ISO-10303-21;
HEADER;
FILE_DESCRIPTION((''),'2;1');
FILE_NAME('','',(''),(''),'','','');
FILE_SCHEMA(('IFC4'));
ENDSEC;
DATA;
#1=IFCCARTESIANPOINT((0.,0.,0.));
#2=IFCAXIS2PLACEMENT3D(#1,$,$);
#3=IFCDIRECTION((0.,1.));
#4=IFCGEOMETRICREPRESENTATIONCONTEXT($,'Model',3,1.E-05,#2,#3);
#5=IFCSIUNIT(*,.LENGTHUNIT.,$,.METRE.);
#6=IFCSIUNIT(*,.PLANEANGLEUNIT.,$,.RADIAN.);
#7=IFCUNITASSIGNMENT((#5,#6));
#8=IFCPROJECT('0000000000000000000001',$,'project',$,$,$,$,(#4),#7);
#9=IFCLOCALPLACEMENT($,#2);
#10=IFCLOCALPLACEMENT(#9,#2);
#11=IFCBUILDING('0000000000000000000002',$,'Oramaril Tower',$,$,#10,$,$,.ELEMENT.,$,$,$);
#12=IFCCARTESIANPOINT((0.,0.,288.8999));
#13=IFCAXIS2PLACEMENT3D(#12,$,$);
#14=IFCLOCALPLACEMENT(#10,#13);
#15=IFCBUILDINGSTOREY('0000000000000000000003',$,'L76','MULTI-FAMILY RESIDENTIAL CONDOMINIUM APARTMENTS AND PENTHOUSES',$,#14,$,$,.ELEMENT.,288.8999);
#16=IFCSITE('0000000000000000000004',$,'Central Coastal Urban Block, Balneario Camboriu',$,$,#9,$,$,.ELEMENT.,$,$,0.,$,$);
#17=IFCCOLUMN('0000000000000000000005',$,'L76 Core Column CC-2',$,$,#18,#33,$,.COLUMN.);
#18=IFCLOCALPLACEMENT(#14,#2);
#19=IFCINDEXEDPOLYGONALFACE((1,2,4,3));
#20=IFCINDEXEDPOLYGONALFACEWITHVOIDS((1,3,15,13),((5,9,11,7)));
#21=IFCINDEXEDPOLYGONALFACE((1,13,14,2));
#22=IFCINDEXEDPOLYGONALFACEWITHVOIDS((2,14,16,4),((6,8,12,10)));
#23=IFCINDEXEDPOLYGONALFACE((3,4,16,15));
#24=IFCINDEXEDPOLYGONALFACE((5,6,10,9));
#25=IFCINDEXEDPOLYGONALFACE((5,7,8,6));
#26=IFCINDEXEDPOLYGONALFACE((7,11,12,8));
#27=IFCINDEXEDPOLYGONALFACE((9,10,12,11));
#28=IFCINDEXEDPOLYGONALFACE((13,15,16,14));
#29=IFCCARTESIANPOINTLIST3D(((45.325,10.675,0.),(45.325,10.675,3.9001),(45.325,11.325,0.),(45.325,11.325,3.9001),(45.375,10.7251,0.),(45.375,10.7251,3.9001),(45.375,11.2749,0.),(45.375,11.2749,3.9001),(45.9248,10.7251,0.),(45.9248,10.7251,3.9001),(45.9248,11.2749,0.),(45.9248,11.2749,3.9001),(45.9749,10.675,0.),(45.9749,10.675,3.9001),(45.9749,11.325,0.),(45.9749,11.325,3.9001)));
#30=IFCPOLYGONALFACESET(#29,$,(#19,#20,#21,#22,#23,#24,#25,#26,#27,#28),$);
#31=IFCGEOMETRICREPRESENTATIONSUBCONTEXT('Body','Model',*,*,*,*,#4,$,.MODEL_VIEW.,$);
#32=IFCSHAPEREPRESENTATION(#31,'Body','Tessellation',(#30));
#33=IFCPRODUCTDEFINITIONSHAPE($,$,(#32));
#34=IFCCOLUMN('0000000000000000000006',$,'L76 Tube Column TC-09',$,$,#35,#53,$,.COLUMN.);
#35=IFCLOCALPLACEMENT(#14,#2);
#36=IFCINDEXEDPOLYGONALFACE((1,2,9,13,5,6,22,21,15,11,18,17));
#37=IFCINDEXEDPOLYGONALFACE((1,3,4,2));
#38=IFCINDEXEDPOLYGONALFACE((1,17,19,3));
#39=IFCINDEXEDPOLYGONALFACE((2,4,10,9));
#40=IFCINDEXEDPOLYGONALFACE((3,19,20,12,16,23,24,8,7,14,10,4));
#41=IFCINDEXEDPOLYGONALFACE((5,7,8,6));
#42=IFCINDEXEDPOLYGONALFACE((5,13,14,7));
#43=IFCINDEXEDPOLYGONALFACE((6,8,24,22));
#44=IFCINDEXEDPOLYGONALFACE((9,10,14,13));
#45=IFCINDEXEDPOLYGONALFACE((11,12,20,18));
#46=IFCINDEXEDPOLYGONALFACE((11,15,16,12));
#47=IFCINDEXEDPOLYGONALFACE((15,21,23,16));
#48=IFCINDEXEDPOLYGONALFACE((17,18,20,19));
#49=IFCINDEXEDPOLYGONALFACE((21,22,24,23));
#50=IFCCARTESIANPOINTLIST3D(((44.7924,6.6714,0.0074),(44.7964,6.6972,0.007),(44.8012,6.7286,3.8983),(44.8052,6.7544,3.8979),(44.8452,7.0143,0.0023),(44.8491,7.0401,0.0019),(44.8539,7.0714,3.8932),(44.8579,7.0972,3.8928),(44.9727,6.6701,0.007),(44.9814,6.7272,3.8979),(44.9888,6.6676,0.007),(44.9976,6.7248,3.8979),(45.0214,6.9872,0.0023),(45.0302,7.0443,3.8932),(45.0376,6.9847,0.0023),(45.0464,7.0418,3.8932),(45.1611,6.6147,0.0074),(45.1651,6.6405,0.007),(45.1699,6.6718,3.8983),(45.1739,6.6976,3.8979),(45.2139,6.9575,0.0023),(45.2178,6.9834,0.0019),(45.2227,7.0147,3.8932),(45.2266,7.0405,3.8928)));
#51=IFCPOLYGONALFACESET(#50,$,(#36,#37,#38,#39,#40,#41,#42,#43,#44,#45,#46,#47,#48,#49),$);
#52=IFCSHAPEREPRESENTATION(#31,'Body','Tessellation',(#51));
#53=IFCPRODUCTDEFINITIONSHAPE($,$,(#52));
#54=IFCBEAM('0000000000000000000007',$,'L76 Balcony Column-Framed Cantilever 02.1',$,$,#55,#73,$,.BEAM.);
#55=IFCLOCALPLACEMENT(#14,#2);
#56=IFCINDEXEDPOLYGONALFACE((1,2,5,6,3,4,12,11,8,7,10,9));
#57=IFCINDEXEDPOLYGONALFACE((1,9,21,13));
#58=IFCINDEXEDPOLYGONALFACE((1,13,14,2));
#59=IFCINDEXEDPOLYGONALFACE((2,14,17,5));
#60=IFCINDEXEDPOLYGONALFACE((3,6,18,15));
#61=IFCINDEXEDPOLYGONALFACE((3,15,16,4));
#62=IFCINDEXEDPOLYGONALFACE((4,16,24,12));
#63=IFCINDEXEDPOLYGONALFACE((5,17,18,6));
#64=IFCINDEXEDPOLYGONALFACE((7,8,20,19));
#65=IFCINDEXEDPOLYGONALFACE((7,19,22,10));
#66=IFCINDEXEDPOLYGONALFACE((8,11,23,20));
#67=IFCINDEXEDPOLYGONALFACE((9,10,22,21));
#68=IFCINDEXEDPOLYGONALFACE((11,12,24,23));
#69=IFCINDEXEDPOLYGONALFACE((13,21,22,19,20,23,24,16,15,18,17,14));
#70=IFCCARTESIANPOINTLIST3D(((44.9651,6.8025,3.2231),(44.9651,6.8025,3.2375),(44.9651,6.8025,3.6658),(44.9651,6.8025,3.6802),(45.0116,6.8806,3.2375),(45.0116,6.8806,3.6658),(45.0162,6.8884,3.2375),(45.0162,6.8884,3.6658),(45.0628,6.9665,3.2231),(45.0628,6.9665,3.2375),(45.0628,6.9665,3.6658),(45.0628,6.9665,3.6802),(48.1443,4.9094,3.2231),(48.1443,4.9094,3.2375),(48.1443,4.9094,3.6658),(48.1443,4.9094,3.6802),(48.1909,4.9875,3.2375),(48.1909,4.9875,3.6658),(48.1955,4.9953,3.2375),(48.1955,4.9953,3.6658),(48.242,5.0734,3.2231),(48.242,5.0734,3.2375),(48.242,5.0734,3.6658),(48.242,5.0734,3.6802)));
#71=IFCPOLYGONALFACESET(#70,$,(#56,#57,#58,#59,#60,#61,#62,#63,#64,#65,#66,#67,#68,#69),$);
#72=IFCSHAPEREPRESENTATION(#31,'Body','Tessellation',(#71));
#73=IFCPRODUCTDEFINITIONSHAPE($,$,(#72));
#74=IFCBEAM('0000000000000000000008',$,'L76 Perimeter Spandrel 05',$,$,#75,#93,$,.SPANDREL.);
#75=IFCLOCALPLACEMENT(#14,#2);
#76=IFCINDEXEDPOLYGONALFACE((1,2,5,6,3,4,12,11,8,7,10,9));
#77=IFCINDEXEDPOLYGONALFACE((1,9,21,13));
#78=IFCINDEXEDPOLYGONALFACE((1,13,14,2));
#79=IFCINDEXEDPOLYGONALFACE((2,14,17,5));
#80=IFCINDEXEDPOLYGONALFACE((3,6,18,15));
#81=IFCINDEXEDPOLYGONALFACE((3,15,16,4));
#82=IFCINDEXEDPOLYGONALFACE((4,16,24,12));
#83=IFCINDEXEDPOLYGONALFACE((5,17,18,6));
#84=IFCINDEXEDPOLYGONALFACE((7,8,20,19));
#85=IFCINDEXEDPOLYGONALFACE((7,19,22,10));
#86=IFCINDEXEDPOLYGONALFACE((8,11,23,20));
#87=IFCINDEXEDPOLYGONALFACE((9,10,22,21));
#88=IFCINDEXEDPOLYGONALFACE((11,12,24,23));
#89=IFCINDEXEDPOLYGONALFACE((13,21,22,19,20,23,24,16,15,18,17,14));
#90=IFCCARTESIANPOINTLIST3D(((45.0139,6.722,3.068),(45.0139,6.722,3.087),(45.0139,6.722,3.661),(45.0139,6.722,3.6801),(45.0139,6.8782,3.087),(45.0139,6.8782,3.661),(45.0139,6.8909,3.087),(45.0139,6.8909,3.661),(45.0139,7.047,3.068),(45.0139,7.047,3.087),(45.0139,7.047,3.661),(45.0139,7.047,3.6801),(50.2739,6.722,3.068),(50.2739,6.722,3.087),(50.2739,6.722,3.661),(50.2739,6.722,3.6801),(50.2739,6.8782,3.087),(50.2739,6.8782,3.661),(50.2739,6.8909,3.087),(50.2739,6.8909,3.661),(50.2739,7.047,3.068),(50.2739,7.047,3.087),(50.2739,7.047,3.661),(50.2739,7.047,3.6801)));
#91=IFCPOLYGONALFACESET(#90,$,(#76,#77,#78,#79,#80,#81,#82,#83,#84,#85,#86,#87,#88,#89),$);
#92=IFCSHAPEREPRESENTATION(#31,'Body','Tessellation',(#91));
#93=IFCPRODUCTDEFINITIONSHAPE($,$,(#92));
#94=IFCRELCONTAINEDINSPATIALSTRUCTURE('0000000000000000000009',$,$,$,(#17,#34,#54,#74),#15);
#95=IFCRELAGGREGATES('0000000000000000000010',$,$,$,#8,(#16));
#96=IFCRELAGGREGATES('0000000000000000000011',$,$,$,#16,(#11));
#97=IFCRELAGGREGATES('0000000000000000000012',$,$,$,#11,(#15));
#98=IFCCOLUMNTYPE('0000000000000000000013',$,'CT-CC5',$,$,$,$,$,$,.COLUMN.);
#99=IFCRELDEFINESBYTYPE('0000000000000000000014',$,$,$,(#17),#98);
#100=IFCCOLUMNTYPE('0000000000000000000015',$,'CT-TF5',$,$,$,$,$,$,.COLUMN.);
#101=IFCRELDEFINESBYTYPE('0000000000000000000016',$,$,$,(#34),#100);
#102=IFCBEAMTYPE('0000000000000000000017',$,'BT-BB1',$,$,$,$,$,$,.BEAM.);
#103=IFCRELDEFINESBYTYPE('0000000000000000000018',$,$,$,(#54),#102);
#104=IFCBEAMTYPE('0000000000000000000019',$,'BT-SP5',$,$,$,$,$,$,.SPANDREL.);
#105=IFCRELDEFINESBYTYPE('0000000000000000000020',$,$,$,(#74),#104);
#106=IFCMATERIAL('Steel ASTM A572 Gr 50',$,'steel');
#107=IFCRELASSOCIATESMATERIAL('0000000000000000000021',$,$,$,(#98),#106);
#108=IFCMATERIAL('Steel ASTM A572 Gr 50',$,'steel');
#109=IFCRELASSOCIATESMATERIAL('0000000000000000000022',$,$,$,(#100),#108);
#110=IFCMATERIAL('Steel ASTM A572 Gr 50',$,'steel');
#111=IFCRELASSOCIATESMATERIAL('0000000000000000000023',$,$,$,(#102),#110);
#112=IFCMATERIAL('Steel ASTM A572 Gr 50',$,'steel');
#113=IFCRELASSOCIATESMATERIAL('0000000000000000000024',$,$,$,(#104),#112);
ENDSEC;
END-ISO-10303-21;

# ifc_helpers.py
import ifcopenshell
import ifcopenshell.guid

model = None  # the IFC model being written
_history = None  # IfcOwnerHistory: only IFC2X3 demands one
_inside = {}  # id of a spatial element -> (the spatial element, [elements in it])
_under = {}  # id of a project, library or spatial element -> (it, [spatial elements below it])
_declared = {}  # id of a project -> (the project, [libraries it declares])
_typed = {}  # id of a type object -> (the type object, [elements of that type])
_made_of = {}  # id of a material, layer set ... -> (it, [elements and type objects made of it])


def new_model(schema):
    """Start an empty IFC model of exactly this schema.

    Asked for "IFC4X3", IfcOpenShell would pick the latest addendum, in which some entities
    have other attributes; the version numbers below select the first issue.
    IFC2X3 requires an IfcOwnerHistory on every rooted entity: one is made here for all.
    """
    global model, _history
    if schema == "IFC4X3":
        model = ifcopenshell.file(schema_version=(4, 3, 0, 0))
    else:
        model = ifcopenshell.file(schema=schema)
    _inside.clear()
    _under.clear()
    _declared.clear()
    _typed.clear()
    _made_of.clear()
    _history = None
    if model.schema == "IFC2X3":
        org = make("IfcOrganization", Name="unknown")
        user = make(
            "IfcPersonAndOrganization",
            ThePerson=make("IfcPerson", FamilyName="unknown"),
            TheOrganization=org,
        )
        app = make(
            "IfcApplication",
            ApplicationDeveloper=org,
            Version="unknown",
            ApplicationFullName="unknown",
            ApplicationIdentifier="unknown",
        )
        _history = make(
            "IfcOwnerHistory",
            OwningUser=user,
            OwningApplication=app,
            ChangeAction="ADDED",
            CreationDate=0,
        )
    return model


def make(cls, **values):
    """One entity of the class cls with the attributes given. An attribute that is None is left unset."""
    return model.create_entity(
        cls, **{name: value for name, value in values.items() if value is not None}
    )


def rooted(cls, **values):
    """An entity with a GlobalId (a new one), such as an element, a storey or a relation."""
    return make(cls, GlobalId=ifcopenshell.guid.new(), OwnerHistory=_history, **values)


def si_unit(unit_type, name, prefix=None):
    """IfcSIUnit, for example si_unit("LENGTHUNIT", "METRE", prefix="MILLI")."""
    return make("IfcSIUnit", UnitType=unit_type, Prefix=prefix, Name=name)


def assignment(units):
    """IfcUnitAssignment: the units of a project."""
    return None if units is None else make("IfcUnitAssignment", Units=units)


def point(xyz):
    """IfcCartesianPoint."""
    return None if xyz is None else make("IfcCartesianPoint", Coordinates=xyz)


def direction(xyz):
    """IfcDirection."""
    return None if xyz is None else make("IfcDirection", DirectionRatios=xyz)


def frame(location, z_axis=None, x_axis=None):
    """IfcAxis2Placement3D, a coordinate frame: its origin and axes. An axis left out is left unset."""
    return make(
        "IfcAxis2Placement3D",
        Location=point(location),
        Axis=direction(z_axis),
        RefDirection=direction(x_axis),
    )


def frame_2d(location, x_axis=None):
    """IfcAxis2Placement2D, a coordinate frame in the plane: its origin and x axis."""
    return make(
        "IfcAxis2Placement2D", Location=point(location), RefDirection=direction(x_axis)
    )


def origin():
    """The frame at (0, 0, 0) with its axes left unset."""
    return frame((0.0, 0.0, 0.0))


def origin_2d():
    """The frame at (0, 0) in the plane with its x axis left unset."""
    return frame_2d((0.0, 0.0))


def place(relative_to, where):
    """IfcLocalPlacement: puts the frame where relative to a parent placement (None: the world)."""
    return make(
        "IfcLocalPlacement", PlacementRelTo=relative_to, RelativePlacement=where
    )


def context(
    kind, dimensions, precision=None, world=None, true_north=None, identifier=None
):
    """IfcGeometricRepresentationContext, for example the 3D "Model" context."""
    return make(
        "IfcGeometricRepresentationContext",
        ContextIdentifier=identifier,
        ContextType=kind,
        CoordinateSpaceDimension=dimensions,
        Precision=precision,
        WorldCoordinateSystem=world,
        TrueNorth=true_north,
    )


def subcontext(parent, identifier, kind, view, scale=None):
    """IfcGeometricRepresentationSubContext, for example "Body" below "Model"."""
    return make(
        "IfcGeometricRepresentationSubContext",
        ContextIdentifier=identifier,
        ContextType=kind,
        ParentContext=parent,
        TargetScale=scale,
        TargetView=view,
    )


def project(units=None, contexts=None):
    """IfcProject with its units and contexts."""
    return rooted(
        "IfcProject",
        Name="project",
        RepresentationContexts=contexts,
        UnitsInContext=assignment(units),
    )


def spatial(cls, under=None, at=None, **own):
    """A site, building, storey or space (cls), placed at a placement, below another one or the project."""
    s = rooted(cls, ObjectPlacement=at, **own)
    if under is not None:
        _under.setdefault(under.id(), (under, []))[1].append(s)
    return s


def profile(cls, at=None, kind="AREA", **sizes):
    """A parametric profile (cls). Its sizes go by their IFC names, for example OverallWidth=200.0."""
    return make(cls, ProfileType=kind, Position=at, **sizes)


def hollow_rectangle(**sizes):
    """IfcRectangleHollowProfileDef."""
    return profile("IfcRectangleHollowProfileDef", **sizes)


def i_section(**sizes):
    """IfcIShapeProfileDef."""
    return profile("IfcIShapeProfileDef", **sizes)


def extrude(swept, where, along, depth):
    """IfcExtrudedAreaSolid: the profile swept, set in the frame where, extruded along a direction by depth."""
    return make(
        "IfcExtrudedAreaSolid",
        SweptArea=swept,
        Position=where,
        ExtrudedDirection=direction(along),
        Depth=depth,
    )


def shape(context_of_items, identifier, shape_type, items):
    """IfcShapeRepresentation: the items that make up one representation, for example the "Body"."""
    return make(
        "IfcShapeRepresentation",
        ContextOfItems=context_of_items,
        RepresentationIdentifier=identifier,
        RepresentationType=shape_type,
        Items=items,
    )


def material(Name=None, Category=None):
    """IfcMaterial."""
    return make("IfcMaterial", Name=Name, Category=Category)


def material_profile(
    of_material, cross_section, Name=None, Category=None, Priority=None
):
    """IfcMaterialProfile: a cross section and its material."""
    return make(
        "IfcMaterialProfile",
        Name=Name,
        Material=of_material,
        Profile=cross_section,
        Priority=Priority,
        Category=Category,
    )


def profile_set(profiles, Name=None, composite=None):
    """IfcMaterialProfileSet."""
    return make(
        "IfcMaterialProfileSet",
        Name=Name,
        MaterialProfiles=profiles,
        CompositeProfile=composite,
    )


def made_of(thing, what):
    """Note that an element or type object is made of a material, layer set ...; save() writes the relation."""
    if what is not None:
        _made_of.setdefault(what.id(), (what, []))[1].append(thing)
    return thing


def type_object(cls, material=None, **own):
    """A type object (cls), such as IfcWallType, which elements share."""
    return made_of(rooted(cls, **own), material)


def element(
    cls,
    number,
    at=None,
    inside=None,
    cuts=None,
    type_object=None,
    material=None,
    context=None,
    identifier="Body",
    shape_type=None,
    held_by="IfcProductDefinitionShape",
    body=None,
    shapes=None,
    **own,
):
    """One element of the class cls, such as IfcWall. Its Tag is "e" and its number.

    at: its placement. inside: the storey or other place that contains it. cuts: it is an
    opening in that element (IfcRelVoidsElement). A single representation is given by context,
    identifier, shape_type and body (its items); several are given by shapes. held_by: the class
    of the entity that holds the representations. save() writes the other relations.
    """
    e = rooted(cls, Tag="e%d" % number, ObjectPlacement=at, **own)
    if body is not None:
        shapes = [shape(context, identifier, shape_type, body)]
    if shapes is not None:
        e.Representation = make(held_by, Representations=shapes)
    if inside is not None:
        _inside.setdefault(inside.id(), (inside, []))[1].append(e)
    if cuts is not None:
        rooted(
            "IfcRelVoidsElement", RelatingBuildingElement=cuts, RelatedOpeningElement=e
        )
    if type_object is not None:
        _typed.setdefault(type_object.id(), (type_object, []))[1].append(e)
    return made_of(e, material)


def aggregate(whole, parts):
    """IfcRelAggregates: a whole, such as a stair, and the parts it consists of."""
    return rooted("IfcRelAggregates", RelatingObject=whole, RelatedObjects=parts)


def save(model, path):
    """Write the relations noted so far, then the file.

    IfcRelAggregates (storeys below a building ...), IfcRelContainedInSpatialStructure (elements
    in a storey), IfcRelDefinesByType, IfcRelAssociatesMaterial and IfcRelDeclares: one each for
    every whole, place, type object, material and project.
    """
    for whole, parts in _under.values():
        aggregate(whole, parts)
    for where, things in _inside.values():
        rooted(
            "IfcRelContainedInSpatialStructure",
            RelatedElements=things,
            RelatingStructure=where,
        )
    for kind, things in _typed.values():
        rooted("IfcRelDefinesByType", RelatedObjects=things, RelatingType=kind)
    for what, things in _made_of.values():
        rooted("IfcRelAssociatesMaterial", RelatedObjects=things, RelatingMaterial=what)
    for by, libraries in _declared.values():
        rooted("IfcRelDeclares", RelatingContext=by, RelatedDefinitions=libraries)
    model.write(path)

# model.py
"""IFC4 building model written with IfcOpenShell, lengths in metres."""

from ifc_helpers import new_model, si_unit, direction, frame, origin, origin_2d, place, context, subcontext, project, spatial, hollow_rectangle, i_section, extrude, material, material_profile, profile_set, type_object, element, save


model = new_model("IFC4")

# Units and contexts
model_context = context("Model", 3, precision=1e-05, world=origin(), true_north=direction((0.0, 1.0)))
body_context = subcontext(model_context, "Body", "Model", "MODEL_VIEW")
ifc_project = project(units=[si_unit("LENGTHUNIT", "METRE"), si_unit("PLANEANGLEUNIT", "RADIAN")], contexts=[model_context])

# Site, building, storey
site_placement = place(None, origin())
site = spatial("IfcSite", under=ifc_project, at=site_placement, Name="Central Coastal Urban Block, Balneario Camboriu", CompositionType="ELEMENT", RefElevation=0.0)
building_placement = place(site_placement, origin())
building = spatial("IfcBuilding", under=site, at=building_placement, Name="Oramaril Tower", CompositionType="ELEMENT")
storey_placement = place(building_placement, frame((0.0, 0.0, 288.8999)))
storey = spatial("IfcBuildingStorey", under=building, at=storey_placement, Name="L76", Description="MULTI-FAMILY RESIDENTIAL CONDOMINIUM APARTMENTS AND PENTHOUSES", CompositionType="ELEMENT", Elevation=288.8999)

# Columns
ifc_material_1 = material(Name="Steel ASTM A572 Gr 50", Category="steel")
ifc_material_profile_1 = material_profile(ifc_material_1, hollow_rectangle(XDim=0.6499, YDim=0.6499, WallThickness=0.05, at=origin_2d()), Name="BOX650X650X50")
ifc_profile_set_1 = profile_set([ifc_material_profile_1], Name="Steel ASTM A572 Gr 50")
column_type_1 = type_object("IfcColumnType", Name="CT-CC5", PredefinedType="COLUMN", material=ifc_profile_set_1)
column_1_placement = place(storey_placement, frame((45.6499, 11.0, 0.0), z_axis=(0.0, 0.0, 1.0), x_axis=(1.0, 0.0, 0.0)))
element("IfcColumn", 1, at=column_1_placement, inside=storey, type_object=column_type_1, Name="L76 Core Column CC-2", PredefinedType="COLUMN", context=body_context, shape_type="SweptSolid", body=[
    extrude(hollow_rectangle(XDim=0.6499, YDim=0.6499, WallThickness=0.05, at=origin_2d()), origin(), (0.0, 0.0, 1.0), 3.9001),
])
ifc_material_2 = material(Name="Steel ASTM A572 Gr 50", Category="steel")
ifc_material_profile_2 = material_profile(ifc_material_2, i_section(OverallWidth=0.373, OverallDepth=0.373, WebThickness=0.0164, FlangeThickness=0.0261, at=origin_2d()), Name="W14X132")
ifc_profile_set_2 = profile_set([ifc_material_profile_2], Name="Steel ASTM A572 Gr 50")
column_type_2 = type_object("IfcColumnType", Name="CT-TF5", PredefinedType="COLUMN", material=ifc_profile_set_2)
column_2_placement = place(storey_placement, frame((45.0051, 6.8274, 0.0046), z_axis=(0.002259, 0.014681, 0.99989), x_axis=(-0.988372, 0.152057, 0.0)))
element("IfcColumn", 2, at=column_2_placement, inside=storey, type_object=column_type_2, Name="L76 Tube Column TC-09", PredefinedType="COLUMN", context=body_context, shape_type="SweptSolid", body=[
    extrude(i_section(OverallWidth=0.373, OverallDepth=0.373, WebThickness=0.0164, FlangeThickness=0.0261, at=origin_2d()), origin(), (0.0, 0.0, 1.0), 3.8914),
])

# Beams
ifc_material_3 = material(Name="Steel ASTM A572 Gr 50", Category="steel")
ifc_material_profile_3 = material_profile(ifc_material_3, i_section(OverallWidth=0.1909, OverallDepth=0.457, WebThickness=0.009, FlangeThickness=0.0144, at=origin_2d()), Name="W18X50")
ifc_profile_set_3 = profile_set([ifc_material_profile_3], Name="Steel ASTM A572 Gr 50")
beam_type_1 = type_object("IfcBeamType", Name="BT-BB1", PredefinedType="BEAM", material=ifc_profile_set_3)
beam_1_placement = place(storey_placement, frame((45.0139, 6.8845, 3.4517), z_axis=(0.859211, -0.511621, 0.0), x_axis=(0.511621, 0.859211, 0.0)))
element("IfcBeam", 3, at=beam_1_placement, inside=storey, type_object=beam_type_1, Name="L76 Balcony Column-Framed Cantilever 02.1", PredefinedType="BEAM", context=body_context, shape_type="SweptSolid", body=[
    extrude(i_section(OverallWidth=0.1909, OverallDepth=0.457, WebThickness=0.009, FlangeThickness=0.0144, at=origin_2d()), origin(), (0.0, 0.0, 1.0), 3.7002),
])
ifc_material_4 = material(Name="Steel ASTM A572 Gr 50", Category="steel")
ifc_material_profile_4 = material_profile(ifc_material_4, i_section(OverallWidth=0.325, OverallDepth=0.6121, WebThickness=0.0127, FlangeThickness=0.019, at=origin_2d()), Name="W24X104")
ifc_profile_set_4 = profile_set([ifc_material_profile_4], Name="Steel ASTM A572 Gr 50")
beam_type_2 = type_object("IfcBeamType", Name="BT-SP5", PredefinedType="SPANDREL", material=ifc_profile_set_4)
beam_2_placement = place(storey_placement, frame((45.0139, 6.8845, 3.374), z_axis=(1.0, 0.0, 0.0), x_axis=(0.0, 1.0, 0.0)))
element("IfcBeam", 4, at=beam_2_placement, inside=storey, type_object=beam_type_2, Name="L76 Perimeter Spandrel 05", PredefinedType="SPANDREL", context=body_context, shape_type="SweptSolid", body=[
    extrude(i_section(OverallWidth=0.325, OverallDepth=0.6121, WebThickness=0.0127, FlangeThickness=0.019, at=origin_2d()), origin(), (0.0, 0.0, 1.0), 5.26),
])

save(model, "model.ifc")
